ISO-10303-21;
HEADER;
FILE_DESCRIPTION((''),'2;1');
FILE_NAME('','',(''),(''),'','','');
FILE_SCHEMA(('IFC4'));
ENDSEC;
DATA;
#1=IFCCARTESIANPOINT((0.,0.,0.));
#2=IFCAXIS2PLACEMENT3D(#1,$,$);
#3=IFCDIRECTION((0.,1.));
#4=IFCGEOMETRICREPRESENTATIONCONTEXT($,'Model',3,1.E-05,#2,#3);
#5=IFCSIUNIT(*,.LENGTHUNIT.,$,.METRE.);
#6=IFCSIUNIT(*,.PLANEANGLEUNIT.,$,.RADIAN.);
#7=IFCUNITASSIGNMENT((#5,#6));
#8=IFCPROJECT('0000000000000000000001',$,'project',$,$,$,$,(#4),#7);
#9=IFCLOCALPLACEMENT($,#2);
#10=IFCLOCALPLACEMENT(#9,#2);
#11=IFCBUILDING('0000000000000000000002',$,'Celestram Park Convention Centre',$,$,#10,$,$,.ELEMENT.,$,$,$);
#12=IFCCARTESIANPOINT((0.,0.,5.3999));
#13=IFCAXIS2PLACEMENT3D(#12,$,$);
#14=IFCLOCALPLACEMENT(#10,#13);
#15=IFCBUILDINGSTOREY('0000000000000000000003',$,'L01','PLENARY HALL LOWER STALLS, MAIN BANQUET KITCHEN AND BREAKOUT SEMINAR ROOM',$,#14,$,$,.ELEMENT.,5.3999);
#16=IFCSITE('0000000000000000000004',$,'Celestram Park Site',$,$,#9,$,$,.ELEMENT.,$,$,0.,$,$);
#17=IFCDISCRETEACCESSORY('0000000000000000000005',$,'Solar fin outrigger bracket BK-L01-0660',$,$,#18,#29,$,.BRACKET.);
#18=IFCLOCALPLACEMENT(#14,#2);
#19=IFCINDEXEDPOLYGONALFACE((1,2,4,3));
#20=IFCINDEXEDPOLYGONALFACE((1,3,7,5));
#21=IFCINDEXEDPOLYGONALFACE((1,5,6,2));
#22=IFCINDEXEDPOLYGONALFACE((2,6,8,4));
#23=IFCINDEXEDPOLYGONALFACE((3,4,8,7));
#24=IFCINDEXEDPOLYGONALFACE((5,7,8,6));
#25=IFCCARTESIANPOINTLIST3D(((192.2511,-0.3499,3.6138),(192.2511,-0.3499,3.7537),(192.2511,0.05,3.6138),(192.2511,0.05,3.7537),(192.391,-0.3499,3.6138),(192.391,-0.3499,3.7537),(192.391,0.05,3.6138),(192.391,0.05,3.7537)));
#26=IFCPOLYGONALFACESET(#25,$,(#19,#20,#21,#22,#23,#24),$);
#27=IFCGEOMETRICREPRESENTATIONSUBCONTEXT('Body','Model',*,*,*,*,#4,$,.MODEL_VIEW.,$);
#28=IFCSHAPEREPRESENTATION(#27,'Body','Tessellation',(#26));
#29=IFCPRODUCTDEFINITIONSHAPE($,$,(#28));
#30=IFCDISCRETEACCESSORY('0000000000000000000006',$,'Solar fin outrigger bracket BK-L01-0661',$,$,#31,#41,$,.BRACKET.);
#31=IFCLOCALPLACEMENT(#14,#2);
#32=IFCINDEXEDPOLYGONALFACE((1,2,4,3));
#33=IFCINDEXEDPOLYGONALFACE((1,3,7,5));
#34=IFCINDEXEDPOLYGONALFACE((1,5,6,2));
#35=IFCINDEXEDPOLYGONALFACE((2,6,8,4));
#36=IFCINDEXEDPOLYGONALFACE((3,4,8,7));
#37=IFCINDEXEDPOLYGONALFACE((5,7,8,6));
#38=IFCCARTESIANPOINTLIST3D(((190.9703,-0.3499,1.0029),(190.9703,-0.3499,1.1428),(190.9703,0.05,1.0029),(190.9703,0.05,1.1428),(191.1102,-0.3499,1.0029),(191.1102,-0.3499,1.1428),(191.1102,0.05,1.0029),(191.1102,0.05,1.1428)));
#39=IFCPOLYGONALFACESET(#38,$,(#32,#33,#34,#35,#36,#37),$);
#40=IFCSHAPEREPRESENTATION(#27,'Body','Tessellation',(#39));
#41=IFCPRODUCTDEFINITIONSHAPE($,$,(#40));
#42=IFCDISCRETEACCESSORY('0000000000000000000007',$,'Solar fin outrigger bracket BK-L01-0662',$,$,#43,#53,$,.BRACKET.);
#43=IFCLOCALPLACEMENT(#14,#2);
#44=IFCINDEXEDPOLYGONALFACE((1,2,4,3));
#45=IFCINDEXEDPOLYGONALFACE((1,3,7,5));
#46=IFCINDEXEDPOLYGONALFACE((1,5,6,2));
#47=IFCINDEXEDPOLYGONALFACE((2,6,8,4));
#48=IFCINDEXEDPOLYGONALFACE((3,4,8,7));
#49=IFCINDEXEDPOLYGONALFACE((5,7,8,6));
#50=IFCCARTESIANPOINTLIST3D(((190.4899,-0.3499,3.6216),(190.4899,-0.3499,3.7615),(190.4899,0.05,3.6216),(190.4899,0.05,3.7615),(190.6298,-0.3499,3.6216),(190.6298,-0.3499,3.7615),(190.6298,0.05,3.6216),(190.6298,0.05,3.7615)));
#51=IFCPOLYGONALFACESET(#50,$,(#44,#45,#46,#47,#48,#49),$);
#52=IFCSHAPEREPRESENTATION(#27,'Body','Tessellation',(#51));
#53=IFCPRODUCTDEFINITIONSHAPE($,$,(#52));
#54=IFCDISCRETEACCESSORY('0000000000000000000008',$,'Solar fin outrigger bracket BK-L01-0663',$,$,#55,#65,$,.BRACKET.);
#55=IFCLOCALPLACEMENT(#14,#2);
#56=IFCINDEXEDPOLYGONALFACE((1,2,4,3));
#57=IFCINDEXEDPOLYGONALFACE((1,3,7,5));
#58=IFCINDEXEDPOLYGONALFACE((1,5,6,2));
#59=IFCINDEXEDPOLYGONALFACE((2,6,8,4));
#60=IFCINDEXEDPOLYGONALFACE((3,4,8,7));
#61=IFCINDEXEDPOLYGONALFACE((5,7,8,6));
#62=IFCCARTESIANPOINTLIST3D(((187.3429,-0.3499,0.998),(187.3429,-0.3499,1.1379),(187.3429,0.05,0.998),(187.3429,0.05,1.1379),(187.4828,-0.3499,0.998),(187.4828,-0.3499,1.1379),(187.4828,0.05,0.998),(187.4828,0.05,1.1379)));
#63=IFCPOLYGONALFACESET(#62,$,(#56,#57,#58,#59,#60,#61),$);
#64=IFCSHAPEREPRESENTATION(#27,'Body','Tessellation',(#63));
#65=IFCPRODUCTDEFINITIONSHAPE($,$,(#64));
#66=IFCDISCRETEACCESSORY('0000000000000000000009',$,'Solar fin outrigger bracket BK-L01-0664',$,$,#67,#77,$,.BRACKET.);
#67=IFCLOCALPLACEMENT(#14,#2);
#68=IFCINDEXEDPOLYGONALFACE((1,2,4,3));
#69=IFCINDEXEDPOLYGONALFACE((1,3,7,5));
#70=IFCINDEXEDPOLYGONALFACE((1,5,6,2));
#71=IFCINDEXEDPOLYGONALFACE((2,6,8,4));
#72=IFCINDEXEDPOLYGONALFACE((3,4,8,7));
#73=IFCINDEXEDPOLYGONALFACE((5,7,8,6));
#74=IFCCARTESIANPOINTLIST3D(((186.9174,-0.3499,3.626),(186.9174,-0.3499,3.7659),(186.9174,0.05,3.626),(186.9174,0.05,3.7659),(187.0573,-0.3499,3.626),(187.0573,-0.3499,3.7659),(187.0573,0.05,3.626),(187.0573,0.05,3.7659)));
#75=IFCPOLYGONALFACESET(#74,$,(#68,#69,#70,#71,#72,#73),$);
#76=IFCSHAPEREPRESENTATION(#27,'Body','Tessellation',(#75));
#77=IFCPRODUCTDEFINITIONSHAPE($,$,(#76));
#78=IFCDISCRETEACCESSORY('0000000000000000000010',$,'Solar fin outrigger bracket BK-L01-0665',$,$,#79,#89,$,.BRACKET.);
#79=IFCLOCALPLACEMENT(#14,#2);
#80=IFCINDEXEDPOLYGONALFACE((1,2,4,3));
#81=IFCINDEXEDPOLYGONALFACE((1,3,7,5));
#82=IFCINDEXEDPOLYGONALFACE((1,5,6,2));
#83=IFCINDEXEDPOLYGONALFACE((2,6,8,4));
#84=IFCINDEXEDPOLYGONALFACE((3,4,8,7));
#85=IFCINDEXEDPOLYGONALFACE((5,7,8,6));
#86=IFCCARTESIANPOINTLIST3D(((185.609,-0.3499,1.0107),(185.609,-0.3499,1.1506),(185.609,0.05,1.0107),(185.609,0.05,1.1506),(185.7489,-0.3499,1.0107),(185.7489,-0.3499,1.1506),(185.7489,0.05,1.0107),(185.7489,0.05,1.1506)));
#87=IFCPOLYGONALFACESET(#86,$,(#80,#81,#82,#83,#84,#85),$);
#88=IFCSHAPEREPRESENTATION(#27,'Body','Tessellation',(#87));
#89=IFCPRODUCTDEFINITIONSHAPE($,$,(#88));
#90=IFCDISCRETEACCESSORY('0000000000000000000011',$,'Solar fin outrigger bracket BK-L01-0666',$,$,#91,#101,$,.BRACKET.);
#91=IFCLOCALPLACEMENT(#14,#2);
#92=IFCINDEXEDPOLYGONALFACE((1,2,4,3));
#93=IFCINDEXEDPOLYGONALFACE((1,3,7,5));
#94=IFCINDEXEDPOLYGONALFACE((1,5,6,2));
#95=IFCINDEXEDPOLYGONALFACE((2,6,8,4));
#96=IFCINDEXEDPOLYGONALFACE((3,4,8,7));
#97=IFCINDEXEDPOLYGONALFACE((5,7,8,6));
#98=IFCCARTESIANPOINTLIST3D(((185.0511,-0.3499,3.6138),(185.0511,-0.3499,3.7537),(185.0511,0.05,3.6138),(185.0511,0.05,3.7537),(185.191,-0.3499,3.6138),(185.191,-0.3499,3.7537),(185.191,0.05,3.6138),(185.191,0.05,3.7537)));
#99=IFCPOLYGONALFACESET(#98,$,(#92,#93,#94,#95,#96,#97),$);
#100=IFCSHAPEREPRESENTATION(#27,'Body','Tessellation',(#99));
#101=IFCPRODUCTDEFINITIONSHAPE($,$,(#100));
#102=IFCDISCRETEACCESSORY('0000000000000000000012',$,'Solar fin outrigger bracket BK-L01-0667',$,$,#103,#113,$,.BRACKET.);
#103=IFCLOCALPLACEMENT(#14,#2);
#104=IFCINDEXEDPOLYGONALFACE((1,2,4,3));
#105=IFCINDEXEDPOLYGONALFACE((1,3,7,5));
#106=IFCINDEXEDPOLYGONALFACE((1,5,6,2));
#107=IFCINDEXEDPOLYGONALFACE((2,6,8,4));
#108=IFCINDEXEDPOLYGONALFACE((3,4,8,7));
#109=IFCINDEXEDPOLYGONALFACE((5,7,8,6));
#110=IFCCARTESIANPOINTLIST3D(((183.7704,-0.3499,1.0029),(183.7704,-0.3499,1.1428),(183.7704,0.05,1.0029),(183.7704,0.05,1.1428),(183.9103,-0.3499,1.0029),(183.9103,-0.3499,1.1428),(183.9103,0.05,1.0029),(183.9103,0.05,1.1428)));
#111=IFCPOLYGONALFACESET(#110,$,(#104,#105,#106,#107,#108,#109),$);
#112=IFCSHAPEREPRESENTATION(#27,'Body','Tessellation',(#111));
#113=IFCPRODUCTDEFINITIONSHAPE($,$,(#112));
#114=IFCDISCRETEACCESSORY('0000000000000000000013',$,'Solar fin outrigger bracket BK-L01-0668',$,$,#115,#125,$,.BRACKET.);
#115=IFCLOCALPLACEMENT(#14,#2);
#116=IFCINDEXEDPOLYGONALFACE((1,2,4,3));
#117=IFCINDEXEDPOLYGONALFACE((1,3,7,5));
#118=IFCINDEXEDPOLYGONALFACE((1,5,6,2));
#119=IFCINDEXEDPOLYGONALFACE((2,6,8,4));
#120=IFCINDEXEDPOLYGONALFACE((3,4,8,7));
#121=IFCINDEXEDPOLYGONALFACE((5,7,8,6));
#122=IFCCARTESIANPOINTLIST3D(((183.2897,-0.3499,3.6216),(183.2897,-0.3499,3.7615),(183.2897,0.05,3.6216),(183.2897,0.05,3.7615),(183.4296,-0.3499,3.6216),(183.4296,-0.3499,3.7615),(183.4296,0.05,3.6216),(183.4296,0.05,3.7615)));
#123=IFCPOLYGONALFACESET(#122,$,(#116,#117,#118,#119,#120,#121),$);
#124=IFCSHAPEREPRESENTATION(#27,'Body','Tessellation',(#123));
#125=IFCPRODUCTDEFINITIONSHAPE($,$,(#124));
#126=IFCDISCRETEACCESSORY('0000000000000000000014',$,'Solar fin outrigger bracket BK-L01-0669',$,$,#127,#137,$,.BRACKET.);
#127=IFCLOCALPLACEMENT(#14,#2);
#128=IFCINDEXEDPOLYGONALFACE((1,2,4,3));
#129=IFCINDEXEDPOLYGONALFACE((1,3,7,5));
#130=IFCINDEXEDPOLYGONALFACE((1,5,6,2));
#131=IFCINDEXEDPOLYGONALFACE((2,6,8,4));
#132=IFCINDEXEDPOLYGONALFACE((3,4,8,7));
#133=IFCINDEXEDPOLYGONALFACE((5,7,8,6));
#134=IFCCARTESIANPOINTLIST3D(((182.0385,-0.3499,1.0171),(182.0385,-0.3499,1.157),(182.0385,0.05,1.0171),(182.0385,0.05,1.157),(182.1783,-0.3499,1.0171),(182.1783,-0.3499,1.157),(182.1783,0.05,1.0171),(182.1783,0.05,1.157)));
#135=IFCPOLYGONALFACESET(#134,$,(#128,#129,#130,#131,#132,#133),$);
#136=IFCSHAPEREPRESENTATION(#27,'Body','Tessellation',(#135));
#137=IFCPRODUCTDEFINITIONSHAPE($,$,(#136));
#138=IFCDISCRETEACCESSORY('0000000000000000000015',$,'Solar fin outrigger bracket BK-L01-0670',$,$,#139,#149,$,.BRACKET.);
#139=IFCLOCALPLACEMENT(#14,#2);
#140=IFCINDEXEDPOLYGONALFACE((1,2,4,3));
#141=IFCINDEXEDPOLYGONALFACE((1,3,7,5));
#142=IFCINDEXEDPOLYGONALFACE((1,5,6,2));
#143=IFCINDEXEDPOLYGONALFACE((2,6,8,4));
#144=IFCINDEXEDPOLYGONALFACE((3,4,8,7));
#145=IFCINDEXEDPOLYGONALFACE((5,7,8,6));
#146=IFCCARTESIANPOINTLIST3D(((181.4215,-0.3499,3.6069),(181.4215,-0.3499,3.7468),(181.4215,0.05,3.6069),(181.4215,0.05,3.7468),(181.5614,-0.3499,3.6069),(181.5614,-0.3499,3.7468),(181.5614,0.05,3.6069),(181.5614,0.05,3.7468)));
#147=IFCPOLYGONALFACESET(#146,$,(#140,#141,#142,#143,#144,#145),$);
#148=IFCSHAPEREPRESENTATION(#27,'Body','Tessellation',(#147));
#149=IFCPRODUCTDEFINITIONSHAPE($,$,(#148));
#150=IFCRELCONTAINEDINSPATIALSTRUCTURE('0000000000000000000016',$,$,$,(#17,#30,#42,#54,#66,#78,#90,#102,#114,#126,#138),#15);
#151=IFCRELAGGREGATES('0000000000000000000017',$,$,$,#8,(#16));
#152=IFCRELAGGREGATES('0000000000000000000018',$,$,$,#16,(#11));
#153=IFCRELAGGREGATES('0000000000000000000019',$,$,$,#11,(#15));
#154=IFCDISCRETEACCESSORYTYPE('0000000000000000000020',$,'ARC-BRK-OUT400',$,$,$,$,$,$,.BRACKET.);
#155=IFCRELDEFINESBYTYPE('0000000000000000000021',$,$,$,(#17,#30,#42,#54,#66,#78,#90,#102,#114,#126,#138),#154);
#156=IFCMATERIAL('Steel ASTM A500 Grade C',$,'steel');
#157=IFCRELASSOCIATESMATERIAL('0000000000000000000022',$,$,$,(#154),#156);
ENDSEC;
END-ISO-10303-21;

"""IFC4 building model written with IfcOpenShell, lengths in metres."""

from ifc_helpers import new_model, si_unit, direction, frame, origin, origin_2d, place, context, subcontext, project, spatial, rectangle, extrude, material, type_object, element, save


model = new_model("IFC4")

# Units and contexts
model_context = context("Model", 3, precision=1e-05, world=origin(), true_north=direction((0.0, 1.0)))
body_context = subcontext(model_context, "Body", "Model", "MODEL_VIEW")
ifc_project = project(units=[si_unit("LENGTHUNIT", "METRE"), si_unit("PLANEANGLEUNIT", "RADIAN")], contexts=[model_context])

# Site, building, storey
site_placement = place(None, origin())
site = spatial("IfcSite", under=ifc_project, at=site_placement, Name="Celestram Park Site", CompositionType="ELEMENT", RefElevation=0.0)
building_placement = place(site_placement, origin())
building = spatial("IfcBuilding", under=site, at=building_placement, Name="Celestram Park Convention Centre", CompositionType="ELEMENT")
storey_placement = place(building_placement, frame((0.0, 0.0, 5.3999)))
storey = spatial("IfcBuildingStorey", under=building, at=storey_placement, Name="L01", Description="PLENARY HALL LOWER STALLS, MAIN BANQUET KITCHEN AND BREAKOUT SEMINAR ROOM", CompositionType="ELEMENT", Elevation=5.3999)

# Discrete accessories
ifc_material_1 = material(Name="Steel ASTM A500 Grade C", Category="steel")
discrete_accessory_type = type_object("IfcDiscreteAccessoryType", Name="ARC-BRK-OUT400", PredefinedType="BRACKET", material=ifc_material_1)
for number, where, z_axis, x_axis, name in (
    (1, (192.321, -0.1499, 3.6138), (0.0, 0.0, 1.0), (0.0, -1.0, 0.0), "Solar fin outrigger bracket BK-L01-0660"),
    (2, (191.0403, -0.1499, 1.0029), (0.0, 0.0, 1.0), (0.0, -1.0, 0.0), "Solar fin outrigger bracket BK-L01-0661"),
    (3, (190.5598, -0.1499, 3.6216), (0.0, 0.0, 1.0), (0.0, -1.0, 0.0), "Solar fin outrigger bracket BK-L01-0662"),
    (4, (187.4128, -0.1499, 0.998), (0.0, 0.0, 1.0), (0.0, -1.0, 0.0), "Solar fin outrigger bracket BK-L01-0663"),
    (5, (186.9873, -0.1499, 3.626), (0.0, 0.0, 1.0), (0.0, -1.0, 0.0), "Solar fin outrigger bracket BK-L01-0664"),
    (6, (185.679, -0.1499, 1.0107), (0.0, 0.0, 1.0), (0.0, -1.0, 0.0), "Solar fin outrigger bracket BK-L01-0665"),
    (7, (185.1211, -0.1499, 3.6138), (0.0, 0.0, 1.0), (0.0, -1.0, 0.0), "Solar fin outrigger bracket BK-L01-0666"),
    (8, (183.8403, -0.1499, 1.0029), (0.0, 0.0, 1.0), (0.0, -1.0, 0.0), "Solar fin outrigger bracket BK-L01-0667"),
    (9, (183.3596, -0.1499, 3.6216), (0.0, 0.0, 1.0), (0.0, -1.0, 0.0), "Solar fin outrigger bracket BK-L01-0668"),
    (10, (182.1084, -0.1499, 1.0171), (0.0, 0.0, 1.0), (0.0, -1.0, 0.0), "Solar fin outrigger bracket BK-L01-0669"),
    (11, (181.4915, -0.1499, 3.6069), (0.0, 0.0, 1.0), (0.0, -1.0, 0.0), "Solar fin outrigger bracket BK-L01-0670"),
):
    element("IfcDiscreteAccessory", number, at=place(storey_placement, frame(where, z_axis=z_axis, x_axis=x_axis)), inside=storey, type_object=discrete_accessory_type, Name=name, PredefinedType="BRACKET", context=body_context, shape_type="SweptSolid", body=[
        extrude(rectangle(XDim=0.3999, YDim=0.1399, at=origin_2d()), origin(), (0.0, 0.0, 1.0), 0.1399),
    ])

save(model, "model.ifc")
